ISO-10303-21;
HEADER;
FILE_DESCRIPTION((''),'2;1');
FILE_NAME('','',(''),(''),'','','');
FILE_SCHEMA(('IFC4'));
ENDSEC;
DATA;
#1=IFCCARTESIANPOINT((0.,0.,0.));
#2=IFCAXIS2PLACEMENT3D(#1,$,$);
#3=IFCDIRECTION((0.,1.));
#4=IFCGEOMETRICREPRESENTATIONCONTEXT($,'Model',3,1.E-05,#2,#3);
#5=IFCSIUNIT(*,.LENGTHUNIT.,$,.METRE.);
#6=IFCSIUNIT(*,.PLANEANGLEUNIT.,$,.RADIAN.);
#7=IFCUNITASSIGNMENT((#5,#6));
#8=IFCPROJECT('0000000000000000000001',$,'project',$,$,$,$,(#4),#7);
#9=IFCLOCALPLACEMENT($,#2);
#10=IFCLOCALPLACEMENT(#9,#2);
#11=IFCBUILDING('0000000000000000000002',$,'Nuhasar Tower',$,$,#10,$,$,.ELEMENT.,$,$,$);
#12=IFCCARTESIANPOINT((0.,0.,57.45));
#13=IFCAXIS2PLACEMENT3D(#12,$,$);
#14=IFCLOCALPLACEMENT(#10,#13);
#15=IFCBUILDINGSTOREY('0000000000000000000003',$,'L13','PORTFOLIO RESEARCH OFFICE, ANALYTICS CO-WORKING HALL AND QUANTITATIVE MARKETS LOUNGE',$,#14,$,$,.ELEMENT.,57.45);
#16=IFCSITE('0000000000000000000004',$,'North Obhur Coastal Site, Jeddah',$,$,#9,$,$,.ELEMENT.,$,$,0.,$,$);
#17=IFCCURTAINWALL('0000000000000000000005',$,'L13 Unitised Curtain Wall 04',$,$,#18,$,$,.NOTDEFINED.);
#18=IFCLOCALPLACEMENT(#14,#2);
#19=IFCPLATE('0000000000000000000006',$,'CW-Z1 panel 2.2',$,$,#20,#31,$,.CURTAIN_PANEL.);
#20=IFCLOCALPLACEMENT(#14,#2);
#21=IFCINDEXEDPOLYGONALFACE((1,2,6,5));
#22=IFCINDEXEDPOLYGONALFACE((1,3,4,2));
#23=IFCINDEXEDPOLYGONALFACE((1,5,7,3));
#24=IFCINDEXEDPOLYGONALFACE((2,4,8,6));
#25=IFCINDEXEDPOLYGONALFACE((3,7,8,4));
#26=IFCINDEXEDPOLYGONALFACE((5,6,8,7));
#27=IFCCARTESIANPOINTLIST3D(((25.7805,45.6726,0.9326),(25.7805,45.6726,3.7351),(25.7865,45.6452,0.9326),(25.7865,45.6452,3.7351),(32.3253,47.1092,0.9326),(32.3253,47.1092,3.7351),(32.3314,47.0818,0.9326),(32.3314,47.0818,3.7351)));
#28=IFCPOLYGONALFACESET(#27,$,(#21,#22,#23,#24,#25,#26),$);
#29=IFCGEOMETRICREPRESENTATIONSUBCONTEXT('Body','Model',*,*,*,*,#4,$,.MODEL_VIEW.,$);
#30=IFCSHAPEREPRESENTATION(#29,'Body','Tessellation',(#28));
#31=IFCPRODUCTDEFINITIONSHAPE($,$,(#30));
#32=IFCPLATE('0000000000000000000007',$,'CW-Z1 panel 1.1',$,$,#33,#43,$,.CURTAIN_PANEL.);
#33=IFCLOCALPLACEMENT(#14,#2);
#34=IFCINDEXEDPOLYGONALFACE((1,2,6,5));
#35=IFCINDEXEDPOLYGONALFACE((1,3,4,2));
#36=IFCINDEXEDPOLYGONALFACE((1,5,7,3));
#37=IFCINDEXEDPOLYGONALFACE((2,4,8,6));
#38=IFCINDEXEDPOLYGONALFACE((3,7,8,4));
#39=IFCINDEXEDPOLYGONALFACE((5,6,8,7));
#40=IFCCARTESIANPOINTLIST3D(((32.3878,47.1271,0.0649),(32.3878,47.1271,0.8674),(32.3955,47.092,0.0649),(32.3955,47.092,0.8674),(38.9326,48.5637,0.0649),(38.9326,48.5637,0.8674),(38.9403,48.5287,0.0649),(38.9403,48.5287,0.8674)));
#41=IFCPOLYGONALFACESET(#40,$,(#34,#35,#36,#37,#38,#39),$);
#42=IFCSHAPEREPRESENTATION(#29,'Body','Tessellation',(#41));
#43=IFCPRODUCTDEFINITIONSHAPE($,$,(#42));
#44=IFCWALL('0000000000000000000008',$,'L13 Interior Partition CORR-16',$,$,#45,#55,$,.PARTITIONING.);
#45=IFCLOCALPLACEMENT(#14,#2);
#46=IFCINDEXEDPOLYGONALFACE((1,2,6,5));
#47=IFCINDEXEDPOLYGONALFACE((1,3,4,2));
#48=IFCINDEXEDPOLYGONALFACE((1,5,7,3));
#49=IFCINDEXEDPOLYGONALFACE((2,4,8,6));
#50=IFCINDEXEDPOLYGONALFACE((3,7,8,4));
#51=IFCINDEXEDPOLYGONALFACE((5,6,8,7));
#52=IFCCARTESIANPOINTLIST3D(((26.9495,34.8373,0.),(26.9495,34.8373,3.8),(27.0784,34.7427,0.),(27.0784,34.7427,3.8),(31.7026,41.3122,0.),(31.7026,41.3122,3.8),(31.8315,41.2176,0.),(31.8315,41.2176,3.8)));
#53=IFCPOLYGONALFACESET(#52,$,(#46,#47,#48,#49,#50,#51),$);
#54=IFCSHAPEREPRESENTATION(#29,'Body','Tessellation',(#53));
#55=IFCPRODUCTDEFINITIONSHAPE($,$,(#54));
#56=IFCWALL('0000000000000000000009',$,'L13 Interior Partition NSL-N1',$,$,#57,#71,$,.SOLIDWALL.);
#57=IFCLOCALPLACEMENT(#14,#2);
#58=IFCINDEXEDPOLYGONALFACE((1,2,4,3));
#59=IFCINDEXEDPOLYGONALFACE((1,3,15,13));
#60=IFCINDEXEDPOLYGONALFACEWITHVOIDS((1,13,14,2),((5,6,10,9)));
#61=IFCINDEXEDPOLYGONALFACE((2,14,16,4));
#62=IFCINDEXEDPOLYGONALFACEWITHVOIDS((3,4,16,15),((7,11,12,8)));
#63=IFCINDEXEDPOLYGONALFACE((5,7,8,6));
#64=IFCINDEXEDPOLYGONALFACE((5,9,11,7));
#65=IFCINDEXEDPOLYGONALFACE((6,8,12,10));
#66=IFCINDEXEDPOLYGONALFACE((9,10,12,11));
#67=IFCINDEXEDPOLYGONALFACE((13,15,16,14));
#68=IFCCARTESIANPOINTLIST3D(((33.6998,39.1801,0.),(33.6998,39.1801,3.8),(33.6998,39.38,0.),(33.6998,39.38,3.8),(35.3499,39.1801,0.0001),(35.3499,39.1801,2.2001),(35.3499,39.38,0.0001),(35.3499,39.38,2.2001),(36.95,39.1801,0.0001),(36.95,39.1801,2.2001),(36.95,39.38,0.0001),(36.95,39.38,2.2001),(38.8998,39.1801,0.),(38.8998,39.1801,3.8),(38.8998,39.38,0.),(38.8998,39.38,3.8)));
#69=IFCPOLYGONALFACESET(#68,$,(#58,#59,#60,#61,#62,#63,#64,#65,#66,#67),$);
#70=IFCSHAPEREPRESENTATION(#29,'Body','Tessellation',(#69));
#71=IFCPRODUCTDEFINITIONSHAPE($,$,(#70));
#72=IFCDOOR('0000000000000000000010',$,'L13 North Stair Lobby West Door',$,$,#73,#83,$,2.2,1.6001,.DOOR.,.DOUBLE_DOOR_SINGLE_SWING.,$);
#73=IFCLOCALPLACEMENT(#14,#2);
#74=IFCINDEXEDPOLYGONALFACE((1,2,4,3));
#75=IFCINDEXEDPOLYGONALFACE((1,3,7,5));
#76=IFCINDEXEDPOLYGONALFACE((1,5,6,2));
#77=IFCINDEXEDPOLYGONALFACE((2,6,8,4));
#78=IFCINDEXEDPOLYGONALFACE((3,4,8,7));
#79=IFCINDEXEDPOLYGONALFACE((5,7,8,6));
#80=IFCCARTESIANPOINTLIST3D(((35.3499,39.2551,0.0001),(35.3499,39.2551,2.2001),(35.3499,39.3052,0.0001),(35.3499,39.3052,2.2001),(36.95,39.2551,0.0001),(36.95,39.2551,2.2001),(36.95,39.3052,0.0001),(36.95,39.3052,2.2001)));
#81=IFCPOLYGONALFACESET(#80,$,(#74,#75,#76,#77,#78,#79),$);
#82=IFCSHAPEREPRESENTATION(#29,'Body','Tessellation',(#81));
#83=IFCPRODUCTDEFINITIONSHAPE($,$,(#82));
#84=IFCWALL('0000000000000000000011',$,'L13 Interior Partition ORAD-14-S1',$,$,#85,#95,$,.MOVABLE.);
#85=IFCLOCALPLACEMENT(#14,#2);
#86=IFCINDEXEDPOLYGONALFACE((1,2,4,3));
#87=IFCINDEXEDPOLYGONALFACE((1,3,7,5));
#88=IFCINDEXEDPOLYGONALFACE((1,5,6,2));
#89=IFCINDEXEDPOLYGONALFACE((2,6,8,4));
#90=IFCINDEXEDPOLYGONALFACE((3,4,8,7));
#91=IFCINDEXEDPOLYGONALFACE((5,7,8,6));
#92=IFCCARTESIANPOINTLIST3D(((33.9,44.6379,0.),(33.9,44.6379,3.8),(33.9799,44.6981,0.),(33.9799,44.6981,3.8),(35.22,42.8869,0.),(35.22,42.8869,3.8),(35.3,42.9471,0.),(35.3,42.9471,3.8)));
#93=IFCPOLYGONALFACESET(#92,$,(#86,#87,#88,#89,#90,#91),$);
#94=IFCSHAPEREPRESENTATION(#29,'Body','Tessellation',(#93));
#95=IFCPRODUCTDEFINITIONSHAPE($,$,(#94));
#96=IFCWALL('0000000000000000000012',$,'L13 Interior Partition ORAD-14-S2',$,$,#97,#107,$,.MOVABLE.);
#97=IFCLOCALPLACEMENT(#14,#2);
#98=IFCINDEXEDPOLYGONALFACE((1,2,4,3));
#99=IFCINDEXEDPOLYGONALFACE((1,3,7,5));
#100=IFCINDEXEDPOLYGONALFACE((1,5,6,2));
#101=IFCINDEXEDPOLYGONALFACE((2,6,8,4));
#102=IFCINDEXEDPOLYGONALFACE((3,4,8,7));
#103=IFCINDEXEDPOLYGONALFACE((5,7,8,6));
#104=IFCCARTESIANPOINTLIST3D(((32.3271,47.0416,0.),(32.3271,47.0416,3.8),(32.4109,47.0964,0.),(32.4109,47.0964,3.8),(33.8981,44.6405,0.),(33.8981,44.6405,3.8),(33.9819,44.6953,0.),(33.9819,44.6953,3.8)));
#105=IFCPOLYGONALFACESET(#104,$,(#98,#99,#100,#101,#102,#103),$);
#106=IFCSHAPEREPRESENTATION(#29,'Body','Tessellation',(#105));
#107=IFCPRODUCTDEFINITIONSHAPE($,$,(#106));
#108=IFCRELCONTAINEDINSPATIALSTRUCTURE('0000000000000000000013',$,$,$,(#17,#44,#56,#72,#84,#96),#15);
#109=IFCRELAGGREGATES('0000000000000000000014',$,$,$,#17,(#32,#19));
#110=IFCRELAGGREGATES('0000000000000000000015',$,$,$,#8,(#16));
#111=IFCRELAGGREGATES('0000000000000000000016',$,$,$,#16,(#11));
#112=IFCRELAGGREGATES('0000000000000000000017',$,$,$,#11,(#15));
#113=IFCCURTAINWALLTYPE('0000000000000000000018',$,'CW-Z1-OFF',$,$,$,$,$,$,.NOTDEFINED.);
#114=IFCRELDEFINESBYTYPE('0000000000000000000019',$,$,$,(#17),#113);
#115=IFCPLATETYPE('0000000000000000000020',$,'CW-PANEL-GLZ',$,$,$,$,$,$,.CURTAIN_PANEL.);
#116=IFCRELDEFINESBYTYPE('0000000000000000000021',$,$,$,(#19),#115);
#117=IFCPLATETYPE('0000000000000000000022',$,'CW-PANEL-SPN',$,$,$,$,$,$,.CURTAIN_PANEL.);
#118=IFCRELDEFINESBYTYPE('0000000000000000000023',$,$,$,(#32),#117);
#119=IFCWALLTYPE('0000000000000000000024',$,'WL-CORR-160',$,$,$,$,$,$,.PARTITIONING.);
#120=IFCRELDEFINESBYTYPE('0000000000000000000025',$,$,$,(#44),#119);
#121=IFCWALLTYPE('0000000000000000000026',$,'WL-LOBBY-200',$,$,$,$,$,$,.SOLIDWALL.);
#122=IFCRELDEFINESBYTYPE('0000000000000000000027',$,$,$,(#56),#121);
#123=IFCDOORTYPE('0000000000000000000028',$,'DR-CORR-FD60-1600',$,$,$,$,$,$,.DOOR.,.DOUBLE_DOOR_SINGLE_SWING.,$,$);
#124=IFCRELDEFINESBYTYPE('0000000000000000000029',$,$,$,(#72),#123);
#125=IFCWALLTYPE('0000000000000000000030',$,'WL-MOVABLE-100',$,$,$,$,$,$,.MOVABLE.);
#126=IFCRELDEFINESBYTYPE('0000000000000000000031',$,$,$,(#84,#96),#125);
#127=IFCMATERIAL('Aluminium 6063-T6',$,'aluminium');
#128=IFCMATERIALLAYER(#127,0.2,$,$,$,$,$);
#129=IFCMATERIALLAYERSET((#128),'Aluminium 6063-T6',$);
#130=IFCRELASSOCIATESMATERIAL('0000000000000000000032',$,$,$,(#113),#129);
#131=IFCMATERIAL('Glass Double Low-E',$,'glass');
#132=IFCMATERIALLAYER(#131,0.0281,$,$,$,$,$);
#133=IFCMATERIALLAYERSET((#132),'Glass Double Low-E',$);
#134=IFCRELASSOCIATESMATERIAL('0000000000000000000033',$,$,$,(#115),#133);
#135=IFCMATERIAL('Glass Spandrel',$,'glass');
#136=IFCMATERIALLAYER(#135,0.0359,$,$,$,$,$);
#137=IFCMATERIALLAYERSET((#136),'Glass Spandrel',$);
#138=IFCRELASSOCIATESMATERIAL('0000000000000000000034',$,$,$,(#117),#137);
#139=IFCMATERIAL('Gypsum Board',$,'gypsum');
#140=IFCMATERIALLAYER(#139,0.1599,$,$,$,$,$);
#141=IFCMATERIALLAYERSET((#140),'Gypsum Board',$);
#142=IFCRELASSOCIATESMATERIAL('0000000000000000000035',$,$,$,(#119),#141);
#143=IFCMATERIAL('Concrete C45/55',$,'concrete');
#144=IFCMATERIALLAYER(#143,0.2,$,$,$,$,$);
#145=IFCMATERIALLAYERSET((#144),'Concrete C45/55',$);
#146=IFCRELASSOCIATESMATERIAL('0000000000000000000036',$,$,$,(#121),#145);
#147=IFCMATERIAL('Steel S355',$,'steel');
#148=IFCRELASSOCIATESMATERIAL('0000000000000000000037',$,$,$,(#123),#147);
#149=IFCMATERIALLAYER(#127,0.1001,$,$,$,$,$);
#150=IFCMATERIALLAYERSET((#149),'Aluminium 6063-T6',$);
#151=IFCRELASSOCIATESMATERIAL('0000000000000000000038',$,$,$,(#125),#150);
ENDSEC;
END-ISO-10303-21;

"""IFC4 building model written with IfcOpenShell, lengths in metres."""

from ifc_helpers import new_model, si_unit, direction, frame, frame_2d, origin, origin_2d, place, context, subcontext, project, spatial, rectangle, extrude, material, layer, layer_set, type_object, element, fill, aggregate, save


model = new_model("IFC4")

# Units and contexts
model_context = context("Model", 3, precision=1e-05, world=origin(), true_north=direction((0.0, 1.0)))
body_context = subcontext(model_context, "Body", "Model", "MODEL_VIEW")
ifc_project = project(units=[si_unit("LENGTHUNIT", "METRE"), si_unit("PLANEANGLEUNIT", "RADIAN")], contexts=[model_context])

# Site, building, storey
site_placement = place(None, origin())
site = spatial("IfcSite", under=ifc_project, at=site_placement, Name="North Obhur Coastal Site, Jeddah", CompositionType="ELEMENT", RefElevation=0.0)
building_placement = place(site_placement, origin())
building = spatial("IfcBuilding", under=site, at=building_placement, Name="Nuhasar Tower", CompositionType="ELEMENT")
storey_placement = place(building_placement, frame((0.0, 0.0, 57.45)))
storey = spatial("IfcBuildingStorey", under=building, at=storey_placement, Name="L13", Description="PORTFOLIO RESEARCH OFFICE, ANALYTICS CO-WORKING HALL AND QUANTITATIVE MARKETS LOUNGE", CompositionType="ELEMENT", Elevation=57.45)

# Shared definitions
ifc_material_1 = material(Name="Steel S355", Category="steel")

# Curtain wall
ifc_material_2 = material(Name="Aluminium 6063-T6", Category="aluminium")
ifc_layer_1 = layer(ifc_material_2, 0.2)
ifc_layer_set_1 = layer_set([ifc_layer_1], Name="Aluminium 6063-T6")
curtain_wall_type = type_object("IfcCurtainWallType", Name="CW-Z1-OFF", PredefinedType="NOTDEFINED", material=ifc_layer_set_1)
curtain_wall_placement = place(storey_placement, origin())
curtain_wall = element("IfcCurtainWall", 1, at=curtain_wall_placement, inside=storey, type_object=curtain_wall_type, Name="L13 Unitised Curtain Wall 04", PredefinedType="NOTDEFINED")

# Plates
ifc_material_3 = material(Name="Glass Double Low-E", Category="glass")
ifc_layer_2 = layer(ifc_material_3, 0.0281)
ifc_layer_set_2 = layer_set([ifc_layer_2], Name="Glass Double Low-E")
plate_type_1 = type_object("IfcPlateType", Name="CW-PANEL-GLZ", PredefinedType="CURTAIN_PANEL", material=ifc_layer_set_2)
plate_1_placement = place(storey_placement, frame((29.0559, 46.3772, 0.9326), z_axis=(0.0, 0.0, 1.0), x_axis=(-0.976746, -0.214399, 0.0)))
plate_1 = element("IfcPlate", 2, at=plate_1_placement, type_object=plate_type_1, Name="CW-Z1 panel 2.2", PredefinedType="CURTAIN_PANEL", context=body_context, shape_type="SweptSolid", body=[
    extrude(rectangle(XDim=6.7007, YDim=0.0281, at=origin_2d()), origin(), (0.0, 0.0, 1.0), 2.8025),
])
ifc_material_4 = material(Name="Glass Spandrel", Category="glass")
ifc_layer_3 = layer(ifc_material_4, 0.0359)
ifc_layer_set_3 = layer_set([ifc_layer_3], Name="Glass Spandrel")
plate_type_2 = type_object("IfcPlateType", Name="CW-PANEL-SPN", PredefinedType="CURTAIN_PANEL", material=ifc_layer_set_3)
plate_2_placement = place(storey_placement, frame((35.6641, 47.8279, 0.0649), z_axis=(0.0, 0.0, 1.0), x_axis=(-0.976746, -0.214399, 0.0)))
plate_2 = element("IfcPlate", 3, at=plate_2_placement, type_object=plate_type_2, Name="CW-Z1 panel 1.1", PredefinedType="CURTAIN_PANEL", context=body_context, shape_type="SweptSolid", body=[
    extrude(rectangle(XDim=6.7007, YDim=0.0359, at=origin_2d()), origin(), (0.0, 0.0, 1.0), 0.8025),
])
aggregate(curtain_wall, [plate_2, plate_1])

# Shared definitions
ifc_material_5 = material(Name="Gypsum Board", Category="gypsum")
ifc_layer_4 = layer(ifc_material_5, 0.1599)
ifc_layer_set_4 = layer_set([ifc_layer_4], Name="Gypsum Board")
wall_type_1 = type_object("IfcWallType", Name="WL-CORR-160", PredefinedType="PARTITIONING", material=ifc_layer_set_4)

# Wall
wall_1_placement = place(storey_placement, frame((31.7671, 41.2649, 0.0), z_axis=(0.0, 0.0, 1.0), x_axis=(-0.591764, -0.806111, 0.0)))
element("IfcWall", 4, at=wall_1_placement, inside=storey, type_object=wall_type_1, Name="L13 Interior Partition CORR-16", PredefinedType="PARTITIONING", context=body_context, shape_type="SweptSolid", body=[
    extrude(rectangle(XDim=8.0322, YDim=0.1599, at=frame_2d((4.0161, 0.0))), origin(), (0.0, 0.0, 1.0), 3.8),
])

# Wall, opening, door
ifc_material_6 = material(Name="Concrete C45/55", Category="concrete")
ifc_layer_5 = layer(ifc_material_6, 0.2)
ifc_layer_set_5 = layer_set([ifc_layer_5], Name="Concrete C45/55")
wall_type_2 = type_object("IfcWallType", Name="WL-LOBBY-200", PredefinedType="SOLIDWALL", material=ifc_layer_set_5)
wall_2_placement = place(storey_placement, frame((38.8999, 39.28, 0.0), z_axis=(0.0, 0.0, 1.0), x_axis=(-1.0, 0.0, 0.0)))
wall_2 = element("IfcWall", 5, at=wall_2_placement, inside=storey, type_object=wall_type_2, Name="L13 Interior Partition NSL-N1", PredefinedType="SOLIDWALL", context=body_context, shape_type="SweptSolid", body=[
    extrude(rectangle(XDim=5.2, YDim=0.2, at=frame_2d((2.6001, 0.0))), origin(), (0.0, 0.0, 1.0), 3.8),
])
opening_1_placement = place(wall_2_placement, frame((1.95, 0.0, 0.0)))
opening_1 = element("IfcOpeningElement", 6, at=opening_1_placement, cuts=wall_2, PredefinedType="OPENING", context=body_context, shape_type="SweptSolid", body=[
    extrude(rectangle(XDim=1.6001, YDim=2.2, at=frame_2d((0.8, 1.1001))), frame((0.0, 0.1099, 0.0), z_axis=(0.0, -1.0, 0.0), x_axis=(1.0, 0.0, 0.0)), (0.0, 0.0, 1.0), 0.22),
])
door_type_1 = type_object("IfcDoorType", Name="DR-CORR-FD60-1600", OperationType="DOUBLE_DOOR_SINGLE_SWING", PredefinedType="DOOR", material=ifc_material_1)
door_1_placement = place(opening_1_placement, origin())
door_1 = element("IfcDoor", 7, at=door_1_placement, inside=storey, type_object=door_type_1, Name="L13 North Stair Lobby West Door", OperationType="DOUBLE_DOOR_SINGLE_SWING", OverallHeight=2.2, OverallWidth=1.6001, PredefinedType="DOOR", context=body_context, shape_type="SweptSolid", body=[
    extrude(rectangle(XDim=1.6001, YDim=2.2, at=frame_2d((0.8, 1.1001))), frame((0.0, 0.0249, 0.0), z_axis=(0.0, -1.0, 0.0), x_axis=(1.0, 0.0, 0.0)), (0.0, 0.0, 1.0), 0.05),
])
fill(opening_1, door_1)

# Walls
ifc_layer_6 = layer(ifc_material_2, 0.1001)
ifc_layer_set_6 = layer_set([ifc_layer_6], Name="Aluminium 6063-T6")
wall_type_3 = type_object("IfcWallType", Name="WL-MOVABLE-100", PredefinedType="MOVABLE", material=ifc_layer_set_6)
wall_3_placement = place(storey_placement, frame((35.26, 42.917, 0.0), z_axis=(0.0, 0.0, 1.0), x_axis=(-0.601993, 0.798501, 0.0)))
element("IfcWall", 8, at=wall_3_placement, inside=storey, type_object=wall_type_3, Name="L13 Interior Partition ORAD-14-S1", PredefinedType="MOVABLE", context=body_context, shape_type="SweptSolid", body=[
    extrude(rectangle(XDim=2.1929, YDim=0.1001, at=frame_2d((1.0964, 0.0))), origin(), (0.0, 0.0, 1.0), 3.8),
])
wall_4_placement = place(storey_placement, frame((33.9399, 44.668, 0.0), z_axis=(0.0, 0.0, 1.0), x_axis=(-0.547513, 0.836797, 0.0)))
element("IfcWall", 9, at=wall_4_placement, inside=storey, type_object=wall_type_3, Name="L13 Interior Partition ORAD-14-S2", PredefinedType="MOVABLE", context=body_context, shape_type="SweptSolid", body=[
    extrude(rectangle(XDim=2.8694, YDim=0.1001, at=frame_2d((1.4346, 0.0))), origin(), (0.0, 0.0, 1.0), 3.8),
])

save(model, "model.ifc")
